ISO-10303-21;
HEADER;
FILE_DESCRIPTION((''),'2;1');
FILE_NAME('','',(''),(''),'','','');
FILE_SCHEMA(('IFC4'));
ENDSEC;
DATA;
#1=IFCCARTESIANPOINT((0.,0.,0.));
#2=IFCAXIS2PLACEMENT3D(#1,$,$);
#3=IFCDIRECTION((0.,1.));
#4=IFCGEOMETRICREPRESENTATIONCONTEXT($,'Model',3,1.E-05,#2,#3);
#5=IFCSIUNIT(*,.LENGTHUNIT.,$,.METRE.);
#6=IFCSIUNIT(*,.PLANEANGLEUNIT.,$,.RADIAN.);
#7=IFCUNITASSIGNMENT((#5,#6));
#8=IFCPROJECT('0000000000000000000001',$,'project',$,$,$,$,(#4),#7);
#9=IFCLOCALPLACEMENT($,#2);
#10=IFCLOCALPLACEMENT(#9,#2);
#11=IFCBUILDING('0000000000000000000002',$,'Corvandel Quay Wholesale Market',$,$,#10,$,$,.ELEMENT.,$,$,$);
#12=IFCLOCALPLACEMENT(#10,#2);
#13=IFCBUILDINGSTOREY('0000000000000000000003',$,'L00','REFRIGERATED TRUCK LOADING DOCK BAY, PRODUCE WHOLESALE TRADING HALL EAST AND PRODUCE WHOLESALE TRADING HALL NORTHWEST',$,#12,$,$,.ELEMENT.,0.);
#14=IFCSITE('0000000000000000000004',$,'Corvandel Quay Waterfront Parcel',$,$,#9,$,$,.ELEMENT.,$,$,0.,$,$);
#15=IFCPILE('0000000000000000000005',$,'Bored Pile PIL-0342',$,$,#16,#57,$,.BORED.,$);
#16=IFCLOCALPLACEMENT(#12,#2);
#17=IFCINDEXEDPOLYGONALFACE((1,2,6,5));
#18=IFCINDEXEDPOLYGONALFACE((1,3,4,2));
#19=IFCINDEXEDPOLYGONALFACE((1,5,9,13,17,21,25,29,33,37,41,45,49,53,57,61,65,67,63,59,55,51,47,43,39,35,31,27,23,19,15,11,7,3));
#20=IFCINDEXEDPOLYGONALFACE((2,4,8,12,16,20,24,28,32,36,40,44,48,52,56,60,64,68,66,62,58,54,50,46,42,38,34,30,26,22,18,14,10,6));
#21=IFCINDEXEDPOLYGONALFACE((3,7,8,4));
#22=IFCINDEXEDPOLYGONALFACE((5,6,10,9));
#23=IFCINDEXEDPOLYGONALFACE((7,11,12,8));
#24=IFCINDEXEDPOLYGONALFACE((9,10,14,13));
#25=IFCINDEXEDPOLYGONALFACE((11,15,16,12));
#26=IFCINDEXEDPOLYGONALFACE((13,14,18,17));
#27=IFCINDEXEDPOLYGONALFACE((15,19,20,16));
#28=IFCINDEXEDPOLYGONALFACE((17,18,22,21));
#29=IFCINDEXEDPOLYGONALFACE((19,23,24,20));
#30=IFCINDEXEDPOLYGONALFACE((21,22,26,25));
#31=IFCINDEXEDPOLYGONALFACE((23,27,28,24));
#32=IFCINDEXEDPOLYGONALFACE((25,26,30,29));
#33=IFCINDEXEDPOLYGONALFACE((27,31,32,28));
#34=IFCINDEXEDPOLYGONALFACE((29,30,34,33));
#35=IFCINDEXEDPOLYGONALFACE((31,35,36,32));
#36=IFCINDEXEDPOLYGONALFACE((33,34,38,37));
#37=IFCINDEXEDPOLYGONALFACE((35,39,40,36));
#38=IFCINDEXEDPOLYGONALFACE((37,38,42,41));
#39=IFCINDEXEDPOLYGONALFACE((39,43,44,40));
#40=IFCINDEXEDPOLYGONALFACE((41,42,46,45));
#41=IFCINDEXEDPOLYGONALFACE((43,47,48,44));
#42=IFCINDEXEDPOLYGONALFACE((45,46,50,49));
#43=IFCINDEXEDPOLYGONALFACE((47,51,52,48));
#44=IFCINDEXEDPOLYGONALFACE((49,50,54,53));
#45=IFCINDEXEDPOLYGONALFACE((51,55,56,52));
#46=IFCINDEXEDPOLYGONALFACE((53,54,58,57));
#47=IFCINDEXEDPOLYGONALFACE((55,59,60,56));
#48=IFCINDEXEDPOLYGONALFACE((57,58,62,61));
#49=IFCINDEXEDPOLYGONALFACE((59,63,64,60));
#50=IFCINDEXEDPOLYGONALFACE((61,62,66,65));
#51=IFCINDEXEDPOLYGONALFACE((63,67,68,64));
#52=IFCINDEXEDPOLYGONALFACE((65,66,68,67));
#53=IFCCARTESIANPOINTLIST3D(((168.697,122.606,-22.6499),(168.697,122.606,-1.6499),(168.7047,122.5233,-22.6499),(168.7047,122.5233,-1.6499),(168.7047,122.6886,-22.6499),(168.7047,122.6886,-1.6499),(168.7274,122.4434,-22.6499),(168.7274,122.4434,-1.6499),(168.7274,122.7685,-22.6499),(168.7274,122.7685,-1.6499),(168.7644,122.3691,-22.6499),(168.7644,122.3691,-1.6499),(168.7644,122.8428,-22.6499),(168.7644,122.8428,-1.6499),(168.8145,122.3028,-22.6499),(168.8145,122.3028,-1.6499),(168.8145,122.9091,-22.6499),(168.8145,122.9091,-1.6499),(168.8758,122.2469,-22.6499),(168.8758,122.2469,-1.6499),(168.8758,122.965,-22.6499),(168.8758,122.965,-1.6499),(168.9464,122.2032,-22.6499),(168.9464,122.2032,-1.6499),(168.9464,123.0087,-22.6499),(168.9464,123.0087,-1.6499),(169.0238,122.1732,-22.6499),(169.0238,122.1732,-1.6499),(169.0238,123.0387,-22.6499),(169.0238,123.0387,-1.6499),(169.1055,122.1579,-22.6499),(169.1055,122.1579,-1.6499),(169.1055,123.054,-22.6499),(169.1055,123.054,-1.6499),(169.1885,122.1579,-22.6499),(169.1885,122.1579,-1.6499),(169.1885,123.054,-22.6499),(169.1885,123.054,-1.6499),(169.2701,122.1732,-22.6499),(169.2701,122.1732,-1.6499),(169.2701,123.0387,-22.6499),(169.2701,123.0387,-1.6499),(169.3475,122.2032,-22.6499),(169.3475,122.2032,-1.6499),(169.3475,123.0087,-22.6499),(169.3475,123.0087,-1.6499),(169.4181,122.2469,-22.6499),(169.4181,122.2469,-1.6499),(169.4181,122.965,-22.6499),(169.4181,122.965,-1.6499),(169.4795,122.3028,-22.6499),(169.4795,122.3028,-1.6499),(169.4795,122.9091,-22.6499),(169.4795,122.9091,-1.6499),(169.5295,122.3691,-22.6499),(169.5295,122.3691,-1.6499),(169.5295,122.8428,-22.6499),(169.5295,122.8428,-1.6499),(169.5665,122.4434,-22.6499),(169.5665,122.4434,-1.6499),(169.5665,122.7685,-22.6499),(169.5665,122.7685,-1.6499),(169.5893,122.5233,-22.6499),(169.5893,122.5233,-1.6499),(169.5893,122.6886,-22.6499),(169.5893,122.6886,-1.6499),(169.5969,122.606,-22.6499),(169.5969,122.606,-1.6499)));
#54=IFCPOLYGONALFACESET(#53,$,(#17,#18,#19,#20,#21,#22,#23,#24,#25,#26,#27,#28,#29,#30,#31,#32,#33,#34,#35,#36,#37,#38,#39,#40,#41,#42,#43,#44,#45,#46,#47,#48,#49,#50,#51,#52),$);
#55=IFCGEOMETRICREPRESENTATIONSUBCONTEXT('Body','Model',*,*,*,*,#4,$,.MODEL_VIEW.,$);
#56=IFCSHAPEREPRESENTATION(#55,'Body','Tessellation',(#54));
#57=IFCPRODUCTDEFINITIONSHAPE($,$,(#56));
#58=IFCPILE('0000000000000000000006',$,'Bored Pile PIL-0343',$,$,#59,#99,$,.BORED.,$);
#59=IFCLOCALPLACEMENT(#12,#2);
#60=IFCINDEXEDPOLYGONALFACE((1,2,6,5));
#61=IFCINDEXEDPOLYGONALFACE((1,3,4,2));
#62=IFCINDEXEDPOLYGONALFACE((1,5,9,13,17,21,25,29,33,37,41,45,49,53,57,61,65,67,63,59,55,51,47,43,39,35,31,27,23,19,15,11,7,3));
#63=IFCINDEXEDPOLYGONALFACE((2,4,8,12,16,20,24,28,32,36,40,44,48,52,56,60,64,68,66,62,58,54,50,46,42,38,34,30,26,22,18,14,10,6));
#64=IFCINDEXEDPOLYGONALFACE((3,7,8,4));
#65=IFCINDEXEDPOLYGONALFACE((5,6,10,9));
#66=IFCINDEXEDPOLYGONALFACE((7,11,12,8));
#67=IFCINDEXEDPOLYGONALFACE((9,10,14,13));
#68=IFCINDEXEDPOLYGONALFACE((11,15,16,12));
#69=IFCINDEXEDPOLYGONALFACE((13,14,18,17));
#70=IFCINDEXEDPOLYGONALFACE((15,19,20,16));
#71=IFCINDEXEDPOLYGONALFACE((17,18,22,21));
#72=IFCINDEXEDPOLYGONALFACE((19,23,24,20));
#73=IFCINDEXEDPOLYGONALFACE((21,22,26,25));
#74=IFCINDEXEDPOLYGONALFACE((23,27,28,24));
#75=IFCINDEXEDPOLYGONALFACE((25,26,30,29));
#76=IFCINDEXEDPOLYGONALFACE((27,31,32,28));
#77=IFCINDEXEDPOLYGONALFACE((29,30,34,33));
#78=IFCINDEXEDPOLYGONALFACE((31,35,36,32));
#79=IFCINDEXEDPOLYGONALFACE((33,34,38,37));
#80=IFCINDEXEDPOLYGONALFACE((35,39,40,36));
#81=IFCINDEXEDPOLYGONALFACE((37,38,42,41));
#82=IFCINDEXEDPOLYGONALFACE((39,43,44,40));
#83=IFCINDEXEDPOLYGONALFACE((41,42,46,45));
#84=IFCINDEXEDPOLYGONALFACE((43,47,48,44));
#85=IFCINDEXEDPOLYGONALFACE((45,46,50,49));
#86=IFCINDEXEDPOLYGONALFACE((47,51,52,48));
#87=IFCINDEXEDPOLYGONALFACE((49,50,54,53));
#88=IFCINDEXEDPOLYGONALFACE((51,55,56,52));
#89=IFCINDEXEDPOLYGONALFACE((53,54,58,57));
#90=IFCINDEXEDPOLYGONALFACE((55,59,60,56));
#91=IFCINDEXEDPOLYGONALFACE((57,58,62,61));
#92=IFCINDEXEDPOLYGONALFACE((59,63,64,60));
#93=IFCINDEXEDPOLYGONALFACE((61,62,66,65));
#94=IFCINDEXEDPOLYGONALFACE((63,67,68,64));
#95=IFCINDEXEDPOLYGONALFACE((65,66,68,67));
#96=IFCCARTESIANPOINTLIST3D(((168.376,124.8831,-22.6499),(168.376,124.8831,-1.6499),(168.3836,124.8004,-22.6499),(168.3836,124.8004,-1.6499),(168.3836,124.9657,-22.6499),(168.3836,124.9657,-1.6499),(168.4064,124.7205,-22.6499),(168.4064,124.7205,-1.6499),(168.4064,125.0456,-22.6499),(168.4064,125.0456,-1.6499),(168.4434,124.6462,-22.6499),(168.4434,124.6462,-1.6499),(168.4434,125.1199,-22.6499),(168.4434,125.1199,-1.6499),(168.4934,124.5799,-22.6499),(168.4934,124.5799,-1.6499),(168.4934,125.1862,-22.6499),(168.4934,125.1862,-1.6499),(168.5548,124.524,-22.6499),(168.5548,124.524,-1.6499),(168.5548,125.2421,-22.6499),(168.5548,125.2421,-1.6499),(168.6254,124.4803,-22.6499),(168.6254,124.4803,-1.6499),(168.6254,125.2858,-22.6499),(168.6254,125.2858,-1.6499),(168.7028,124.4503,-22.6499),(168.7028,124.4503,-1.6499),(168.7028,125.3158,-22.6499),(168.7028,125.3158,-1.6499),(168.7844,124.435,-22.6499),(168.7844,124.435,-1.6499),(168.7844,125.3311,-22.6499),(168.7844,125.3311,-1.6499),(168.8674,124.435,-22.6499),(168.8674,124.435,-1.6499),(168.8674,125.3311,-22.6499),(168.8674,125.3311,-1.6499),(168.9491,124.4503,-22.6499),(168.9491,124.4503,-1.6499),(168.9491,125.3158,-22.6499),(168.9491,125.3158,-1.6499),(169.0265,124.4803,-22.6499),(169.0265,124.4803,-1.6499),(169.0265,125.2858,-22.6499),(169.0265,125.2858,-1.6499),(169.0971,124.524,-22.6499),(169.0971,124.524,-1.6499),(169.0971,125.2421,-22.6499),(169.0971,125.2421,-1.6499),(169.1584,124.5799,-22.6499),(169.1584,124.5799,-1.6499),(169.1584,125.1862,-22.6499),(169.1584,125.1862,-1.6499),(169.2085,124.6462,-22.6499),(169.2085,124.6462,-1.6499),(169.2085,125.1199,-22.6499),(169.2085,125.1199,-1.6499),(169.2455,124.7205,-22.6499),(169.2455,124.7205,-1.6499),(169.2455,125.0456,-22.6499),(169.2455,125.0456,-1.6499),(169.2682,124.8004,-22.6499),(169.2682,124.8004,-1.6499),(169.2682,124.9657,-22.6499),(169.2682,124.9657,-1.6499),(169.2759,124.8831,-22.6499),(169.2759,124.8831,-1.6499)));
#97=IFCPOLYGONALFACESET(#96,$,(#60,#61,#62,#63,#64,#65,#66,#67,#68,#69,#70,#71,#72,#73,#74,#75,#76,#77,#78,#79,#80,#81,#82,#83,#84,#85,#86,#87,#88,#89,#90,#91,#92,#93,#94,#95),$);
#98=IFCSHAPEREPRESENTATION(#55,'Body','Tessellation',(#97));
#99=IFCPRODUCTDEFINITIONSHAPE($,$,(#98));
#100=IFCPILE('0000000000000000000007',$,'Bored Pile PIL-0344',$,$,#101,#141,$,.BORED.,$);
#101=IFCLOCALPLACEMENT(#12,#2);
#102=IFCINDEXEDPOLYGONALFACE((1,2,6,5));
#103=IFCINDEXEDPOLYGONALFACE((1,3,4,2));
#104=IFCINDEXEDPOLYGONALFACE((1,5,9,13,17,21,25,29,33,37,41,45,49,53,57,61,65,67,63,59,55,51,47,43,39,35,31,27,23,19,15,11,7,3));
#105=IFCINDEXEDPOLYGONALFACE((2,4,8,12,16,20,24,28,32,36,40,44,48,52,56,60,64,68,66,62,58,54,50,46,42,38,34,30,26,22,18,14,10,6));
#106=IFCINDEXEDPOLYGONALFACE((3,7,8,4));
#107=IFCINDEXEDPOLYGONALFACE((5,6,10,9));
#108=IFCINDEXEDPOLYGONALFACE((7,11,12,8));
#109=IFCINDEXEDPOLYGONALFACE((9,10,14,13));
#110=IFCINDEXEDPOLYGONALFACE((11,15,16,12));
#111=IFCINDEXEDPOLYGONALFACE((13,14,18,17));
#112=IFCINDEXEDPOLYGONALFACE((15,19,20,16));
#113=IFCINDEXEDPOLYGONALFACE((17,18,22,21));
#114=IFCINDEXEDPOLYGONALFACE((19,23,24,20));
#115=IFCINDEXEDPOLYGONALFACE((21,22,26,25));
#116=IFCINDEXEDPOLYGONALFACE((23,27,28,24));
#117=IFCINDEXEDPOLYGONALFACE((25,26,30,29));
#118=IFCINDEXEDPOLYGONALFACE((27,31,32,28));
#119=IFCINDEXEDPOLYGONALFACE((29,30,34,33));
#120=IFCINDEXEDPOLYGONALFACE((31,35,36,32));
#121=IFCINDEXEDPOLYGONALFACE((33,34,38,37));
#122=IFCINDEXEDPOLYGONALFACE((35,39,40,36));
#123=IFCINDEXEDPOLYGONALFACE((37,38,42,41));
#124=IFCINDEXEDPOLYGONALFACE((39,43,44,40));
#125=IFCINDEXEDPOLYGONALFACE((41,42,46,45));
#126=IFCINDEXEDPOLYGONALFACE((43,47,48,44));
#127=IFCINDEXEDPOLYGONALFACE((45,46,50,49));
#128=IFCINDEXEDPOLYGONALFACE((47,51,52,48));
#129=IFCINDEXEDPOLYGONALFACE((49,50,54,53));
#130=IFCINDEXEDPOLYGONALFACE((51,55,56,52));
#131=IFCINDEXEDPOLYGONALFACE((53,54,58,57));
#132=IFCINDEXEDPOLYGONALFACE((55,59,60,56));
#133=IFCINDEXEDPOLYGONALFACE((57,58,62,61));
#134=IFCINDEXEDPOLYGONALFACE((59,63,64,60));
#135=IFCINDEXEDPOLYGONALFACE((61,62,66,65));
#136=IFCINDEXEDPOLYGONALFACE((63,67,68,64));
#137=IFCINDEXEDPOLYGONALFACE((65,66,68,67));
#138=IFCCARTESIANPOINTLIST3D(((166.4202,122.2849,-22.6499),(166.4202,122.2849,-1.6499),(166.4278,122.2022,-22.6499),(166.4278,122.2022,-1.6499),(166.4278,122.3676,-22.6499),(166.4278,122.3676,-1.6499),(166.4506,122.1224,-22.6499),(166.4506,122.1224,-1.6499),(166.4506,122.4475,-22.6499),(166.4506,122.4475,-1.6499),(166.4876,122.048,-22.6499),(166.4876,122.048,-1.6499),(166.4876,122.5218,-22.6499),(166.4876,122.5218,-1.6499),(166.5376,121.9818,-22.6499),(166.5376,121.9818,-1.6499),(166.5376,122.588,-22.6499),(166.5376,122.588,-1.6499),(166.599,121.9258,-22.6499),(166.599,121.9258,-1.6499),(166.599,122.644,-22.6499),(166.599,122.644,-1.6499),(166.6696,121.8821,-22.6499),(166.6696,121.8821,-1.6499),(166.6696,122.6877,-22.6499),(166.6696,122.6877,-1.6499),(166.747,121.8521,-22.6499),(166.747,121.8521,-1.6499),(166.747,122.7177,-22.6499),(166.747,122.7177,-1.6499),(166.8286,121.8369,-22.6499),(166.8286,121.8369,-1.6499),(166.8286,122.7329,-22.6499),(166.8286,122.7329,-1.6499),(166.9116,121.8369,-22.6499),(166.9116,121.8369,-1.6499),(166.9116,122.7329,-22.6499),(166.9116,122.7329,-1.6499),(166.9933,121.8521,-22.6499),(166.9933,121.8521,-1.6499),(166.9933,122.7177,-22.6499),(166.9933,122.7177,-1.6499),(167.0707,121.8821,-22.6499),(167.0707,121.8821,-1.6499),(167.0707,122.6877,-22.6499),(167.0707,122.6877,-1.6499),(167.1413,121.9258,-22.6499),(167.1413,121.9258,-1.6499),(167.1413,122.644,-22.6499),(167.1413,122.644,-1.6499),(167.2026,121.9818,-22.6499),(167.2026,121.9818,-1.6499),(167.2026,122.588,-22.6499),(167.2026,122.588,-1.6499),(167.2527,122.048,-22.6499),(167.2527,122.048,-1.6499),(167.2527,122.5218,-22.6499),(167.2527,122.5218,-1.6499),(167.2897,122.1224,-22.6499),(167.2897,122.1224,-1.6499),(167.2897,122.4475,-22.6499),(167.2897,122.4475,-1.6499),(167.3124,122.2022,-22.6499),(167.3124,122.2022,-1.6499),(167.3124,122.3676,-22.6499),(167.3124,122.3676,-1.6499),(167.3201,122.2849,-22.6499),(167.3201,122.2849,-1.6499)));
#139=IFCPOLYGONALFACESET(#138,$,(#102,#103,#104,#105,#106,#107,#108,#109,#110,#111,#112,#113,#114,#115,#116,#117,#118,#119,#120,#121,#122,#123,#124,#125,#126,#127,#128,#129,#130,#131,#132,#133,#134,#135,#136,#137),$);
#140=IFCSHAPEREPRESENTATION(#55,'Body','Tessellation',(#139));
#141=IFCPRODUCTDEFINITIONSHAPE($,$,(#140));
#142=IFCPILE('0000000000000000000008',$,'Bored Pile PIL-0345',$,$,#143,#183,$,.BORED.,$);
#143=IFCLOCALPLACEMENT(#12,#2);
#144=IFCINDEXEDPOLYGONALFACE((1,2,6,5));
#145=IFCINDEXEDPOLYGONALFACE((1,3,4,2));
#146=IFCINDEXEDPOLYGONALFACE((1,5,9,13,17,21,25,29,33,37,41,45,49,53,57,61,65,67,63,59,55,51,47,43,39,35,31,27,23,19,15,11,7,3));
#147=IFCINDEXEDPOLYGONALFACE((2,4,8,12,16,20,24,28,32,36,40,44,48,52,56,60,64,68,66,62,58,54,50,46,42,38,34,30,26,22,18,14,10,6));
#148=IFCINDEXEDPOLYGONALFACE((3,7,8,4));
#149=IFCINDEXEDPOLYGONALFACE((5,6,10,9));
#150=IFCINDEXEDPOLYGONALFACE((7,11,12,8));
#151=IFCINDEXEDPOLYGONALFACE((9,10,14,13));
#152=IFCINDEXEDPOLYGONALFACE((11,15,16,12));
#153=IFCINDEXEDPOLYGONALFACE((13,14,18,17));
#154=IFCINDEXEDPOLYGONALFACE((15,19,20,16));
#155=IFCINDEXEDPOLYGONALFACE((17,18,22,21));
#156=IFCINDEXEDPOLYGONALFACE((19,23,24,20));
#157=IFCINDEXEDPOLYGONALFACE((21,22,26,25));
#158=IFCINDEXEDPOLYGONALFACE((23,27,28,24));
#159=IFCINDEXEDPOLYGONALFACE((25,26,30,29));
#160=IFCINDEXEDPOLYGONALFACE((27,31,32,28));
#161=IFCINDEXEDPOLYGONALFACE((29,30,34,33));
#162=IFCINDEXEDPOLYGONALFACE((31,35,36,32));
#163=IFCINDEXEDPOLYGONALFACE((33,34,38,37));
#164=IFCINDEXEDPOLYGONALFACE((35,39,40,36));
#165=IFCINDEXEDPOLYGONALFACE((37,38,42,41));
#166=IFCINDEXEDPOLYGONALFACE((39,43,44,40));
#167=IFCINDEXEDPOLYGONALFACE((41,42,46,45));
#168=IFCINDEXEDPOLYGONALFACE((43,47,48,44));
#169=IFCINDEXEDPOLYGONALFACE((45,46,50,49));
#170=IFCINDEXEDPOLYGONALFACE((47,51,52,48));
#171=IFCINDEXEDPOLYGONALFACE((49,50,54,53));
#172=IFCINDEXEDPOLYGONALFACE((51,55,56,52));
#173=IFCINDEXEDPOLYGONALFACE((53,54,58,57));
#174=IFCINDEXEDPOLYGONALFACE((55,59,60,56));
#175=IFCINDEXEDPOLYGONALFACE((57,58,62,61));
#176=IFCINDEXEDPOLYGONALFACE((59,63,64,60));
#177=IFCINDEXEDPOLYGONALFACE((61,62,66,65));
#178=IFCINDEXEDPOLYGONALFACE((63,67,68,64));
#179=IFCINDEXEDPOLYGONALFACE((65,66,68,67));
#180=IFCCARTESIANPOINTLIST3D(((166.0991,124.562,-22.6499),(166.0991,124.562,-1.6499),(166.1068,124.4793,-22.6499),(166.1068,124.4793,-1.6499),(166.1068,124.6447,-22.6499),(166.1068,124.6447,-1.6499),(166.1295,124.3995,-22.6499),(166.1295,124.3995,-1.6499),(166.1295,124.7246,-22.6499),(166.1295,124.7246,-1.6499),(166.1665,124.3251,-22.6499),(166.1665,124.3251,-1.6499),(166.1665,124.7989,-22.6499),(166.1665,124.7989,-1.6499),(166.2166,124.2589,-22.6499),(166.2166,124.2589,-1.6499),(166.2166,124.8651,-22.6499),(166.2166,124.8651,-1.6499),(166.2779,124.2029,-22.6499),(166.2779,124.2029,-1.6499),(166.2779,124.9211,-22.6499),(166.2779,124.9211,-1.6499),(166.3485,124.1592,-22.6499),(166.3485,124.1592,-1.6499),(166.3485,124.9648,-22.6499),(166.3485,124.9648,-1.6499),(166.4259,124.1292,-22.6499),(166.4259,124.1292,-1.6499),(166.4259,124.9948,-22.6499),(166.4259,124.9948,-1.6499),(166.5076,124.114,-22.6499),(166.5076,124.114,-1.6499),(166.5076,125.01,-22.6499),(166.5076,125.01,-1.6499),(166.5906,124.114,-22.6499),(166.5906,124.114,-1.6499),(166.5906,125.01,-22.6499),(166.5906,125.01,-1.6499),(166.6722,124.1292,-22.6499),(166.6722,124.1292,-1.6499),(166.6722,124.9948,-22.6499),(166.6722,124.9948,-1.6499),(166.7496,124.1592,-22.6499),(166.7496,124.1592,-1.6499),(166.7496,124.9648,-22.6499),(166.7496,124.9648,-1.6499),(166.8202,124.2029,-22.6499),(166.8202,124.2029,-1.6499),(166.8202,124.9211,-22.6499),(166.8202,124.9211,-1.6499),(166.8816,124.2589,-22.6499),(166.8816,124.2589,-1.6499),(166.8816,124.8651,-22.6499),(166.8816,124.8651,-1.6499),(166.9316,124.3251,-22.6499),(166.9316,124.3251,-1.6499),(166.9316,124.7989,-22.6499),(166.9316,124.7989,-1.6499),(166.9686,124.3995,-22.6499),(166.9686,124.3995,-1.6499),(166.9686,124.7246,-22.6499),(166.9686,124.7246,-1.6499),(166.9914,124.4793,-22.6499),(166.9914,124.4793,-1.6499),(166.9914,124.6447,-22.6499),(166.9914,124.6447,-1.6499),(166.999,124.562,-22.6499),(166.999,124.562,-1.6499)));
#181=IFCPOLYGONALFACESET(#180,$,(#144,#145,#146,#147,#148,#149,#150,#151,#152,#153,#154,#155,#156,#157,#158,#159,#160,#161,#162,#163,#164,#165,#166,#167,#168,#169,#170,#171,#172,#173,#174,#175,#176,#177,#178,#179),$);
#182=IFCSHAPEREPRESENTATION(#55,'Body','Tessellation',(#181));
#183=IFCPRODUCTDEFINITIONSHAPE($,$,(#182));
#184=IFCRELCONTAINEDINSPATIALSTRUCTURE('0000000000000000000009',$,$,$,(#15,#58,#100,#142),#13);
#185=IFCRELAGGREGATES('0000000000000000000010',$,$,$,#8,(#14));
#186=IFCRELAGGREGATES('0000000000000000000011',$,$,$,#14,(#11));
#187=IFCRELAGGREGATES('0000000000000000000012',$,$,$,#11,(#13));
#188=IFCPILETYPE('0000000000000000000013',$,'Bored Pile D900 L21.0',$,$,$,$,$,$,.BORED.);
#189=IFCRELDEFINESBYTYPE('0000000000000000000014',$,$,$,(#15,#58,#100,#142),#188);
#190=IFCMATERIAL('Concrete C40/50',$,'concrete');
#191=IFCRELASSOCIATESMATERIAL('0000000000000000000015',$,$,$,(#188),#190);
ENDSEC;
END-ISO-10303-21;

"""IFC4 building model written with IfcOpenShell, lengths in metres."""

from ifc_helpers import new_model, si_unit, direction, frame, origin, origin_2d, place, context, subcontext, project, spatial, circle, extrude, material, material_profile, profile_set, type_object, element, save


model = new_model("IFC4")

# Units and contexts
model_context = context("Model", 3, precision=1e-05, world=origin(), true_north=direction((0.0, 1.0)))
body_context = subcontext(model_context, "Body", "Model", "MODEL_VIEW")
ifc_project = project(units=[si_unit("LENGTHUNIT", "METRE"), si_unit("PLANEANGLEUNIT", "RADIAN")], contexts=[model_context])

# Site, building, storey
site_placement = place(None, origin())
site = spatial("IfcSite", under=ifc_project, at=site_placement, Name="Corvandel Quay Waterfront Parcel", CompositionType="ELEMENT", RefElevation=0.0)
building_placement = place(site_placement, origin())
building = spatial("IfcBuilding", under=site, at=building_placement, Name="Corvandel Quay Wholesale Market", CompositionType="ELEMENT")
storey_placement = place(building_placement, origin())
storey = spatial("IfcBuildingStorey", under=building, at=storey_placement, Name="L00", Description="REFRIGERATED TRUCK LOADING DOCK BAY, PRODUCE WHOLESALE TRADING HALL EAST AND PRODUCE WHOLESALE TRADING HALL NORTHWEST", CompositionType="ELEMENT", Elevation=0.0)

# Piles
ifc_material_1 = material(Name="Concrete C40/50", Category="concrete")
ifc_material_profile_1 = material_profile(ifc_material_1, circle(Radius=0.45, at=origin_2d()), Name="RC-PILE-D900")
ifc_profile_set_1 = profile_set([ifc_material_profile_1], Name="Concrete C40/50")
pile_type = type_object("IfcPileType", Name="Bored Pile D900 L21.0", PredefinedType="BORED", material=ifc_profile_set_1)
for number, where, z_axis, x_axis, name in (
    (1, (169.147, 122.606, -1.6499), (0.0, 0.0, -1.0), (1.0, 0.0, 0.0), "Bored Pile PIL-0342"),
    (2, (168.8259, 124.8831, -1.6499), (0.0, 0.0, -1.0), (1.0, 0.0, 0.0), "Bored Pile PIL-0343"),
    (3, (166.8701, 122.2849, -1.6499), (0.0, 0.0, -1.0), (1.0, 0.0, 0.0), "Bored Pile PIL-0344"),
    (4, (166.5491, 124.562, -1.6499), (0.0, 0.0, -1.0), (1.0, 0.0, 0.0), "Bored Pile PIL-0345"),
):
    element("IfcPile", number, at=place(storey_placement, frame(where, z_axis=z_axis, x_axis=x_axis)), inside=storey, type_object=pile_type, Name=name, PredefinedType="BORED", context=body_context, shape_type="SweptSolid", body=[
        extrude(circle(Radius=0.45, at=origin_2d()), origin(), (0.0, 0.0, 1.0), 21.0),
    ])

save(model, "model.ifc")
